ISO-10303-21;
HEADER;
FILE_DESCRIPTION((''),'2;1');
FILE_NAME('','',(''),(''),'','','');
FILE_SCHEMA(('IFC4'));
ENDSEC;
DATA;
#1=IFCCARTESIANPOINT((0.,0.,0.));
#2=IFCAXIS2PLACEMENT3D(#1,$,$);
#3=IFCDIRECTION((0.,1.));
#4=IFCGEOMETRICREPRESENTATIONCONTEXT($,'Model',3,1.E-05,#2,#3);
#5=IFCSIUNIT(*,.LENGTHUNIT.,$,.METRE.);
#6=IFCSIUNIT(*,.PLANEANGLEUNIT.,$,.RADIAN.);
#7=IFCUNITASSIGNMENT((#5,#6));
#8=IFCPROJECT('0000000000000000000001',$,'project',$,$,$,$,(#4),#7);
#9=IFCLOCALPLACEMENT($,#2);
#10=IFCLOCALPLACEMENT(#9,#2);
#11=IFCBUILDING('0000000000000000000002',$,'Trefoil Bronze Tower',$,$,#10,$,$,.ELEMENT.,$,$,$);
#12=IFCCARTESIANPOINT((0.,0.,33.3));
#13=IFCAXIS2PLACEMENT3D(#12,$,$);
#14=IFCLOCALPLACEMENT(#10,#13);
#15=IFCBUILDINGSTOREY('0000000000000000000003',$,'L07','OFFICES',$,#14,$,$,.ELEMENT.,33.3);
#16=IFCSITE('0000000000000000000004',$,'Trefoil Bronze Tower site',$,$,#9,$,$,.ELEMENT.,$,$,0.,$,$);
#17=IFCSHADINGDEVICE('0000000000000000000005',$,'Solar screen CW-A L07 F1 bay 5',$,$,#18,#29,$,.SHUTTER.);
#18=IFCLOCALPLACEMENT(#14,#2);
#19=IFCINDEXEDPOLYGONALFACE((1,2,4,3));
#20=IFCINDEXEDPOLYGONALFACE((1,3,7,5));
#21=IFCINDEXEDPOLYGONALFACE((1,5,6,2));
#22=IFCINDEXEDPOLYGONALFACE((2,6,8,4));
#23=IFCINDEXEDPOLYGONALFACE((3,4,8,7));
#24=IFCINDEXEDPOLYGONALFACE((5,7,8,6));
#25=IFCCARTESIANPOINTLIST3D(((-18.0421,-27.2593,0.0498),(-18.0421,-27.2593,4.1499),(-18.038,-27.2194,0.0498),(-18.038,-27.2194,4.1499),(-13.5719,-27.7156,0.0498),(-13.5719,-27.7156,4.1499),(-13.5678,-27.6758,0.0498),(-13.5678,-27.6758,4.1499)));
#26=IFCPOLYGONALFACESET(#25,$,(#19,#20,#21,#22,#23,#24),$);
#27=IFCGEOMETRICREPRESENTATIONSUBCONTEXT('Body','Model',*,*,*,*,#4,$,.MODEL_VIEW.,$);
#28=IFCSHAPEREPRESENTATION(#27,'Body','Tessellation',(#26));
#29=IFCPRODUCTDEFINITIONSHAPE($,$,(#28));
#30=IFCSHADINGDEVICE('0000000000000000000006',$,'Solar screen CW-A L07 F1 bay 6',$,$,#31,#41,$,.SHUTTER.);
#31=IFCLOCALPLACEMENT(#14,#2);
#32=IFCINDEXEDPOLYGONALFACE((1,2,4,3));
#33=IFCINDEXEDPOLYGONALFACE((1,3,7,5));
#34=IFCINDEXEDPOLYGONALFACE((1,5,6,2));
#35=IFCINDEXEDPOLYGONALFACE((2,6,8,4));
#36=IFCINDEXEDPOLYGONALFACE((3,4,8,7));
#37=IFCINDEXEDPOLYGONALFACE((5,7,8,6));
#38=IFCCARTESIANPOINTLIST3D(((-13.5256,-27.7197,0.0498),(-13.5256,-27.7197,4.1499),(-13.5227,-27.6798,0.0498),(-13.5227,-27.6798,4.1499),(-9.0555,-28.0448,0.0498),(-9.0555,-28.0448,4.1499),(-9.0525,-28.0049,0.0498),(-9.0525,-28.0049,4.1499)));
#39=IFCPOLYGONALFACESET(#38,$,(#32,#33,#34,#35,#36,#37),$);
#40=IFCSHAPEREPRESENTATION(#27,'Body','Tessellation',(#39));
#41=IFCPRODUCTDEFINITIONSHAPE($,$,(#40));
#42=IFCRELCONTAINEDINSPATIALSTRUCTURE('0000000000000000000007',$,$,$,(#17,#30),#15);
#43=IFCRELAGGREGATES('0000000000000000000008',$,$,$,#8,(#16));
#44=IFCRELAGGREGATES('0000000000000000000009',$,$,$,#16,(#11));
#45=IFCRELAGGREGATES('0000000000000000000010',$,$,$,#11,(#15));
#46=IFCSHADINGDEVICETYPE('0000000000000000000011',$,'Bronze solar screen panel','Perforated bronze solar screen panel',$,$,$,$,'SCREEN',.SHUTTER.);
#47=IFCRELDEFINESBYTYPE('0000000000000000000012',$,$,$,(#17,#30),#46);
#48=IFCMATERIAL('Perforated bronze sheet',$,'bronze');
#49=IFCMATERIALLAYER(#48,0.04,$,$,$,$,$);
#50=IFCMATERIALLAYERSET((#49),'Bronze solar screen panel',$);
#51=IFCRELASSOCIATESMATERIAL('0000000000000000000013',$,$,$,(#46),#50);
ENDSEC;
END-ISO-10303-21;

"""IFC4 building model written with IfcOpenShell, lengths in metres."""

from ifc_helpers import new_model, si_unit, direction, frame, origin, origin_2d, place, context, subcontext, project, spatial, rectangle, extrude, material, layer, layer_set, type_object, element, save


model = new_model("IFC4")

# Units and contexts
model_context = context("Model", 3, precision=1e-05, world=origin(), true_north=direction((0.0, 1.0)))
body_context = subcontext(model_context, "Body", "Model", "MODEL_VIEW")
ifc_project = project(units=[si_unit("LENGTHUNIT", "METRE"), si_unit("PLANEANGLEUNIT", "RADIAN")], contexts=[model_context])

# Site, building, storey
site_placement = place(None, origin())
site = spatial("IfcSite", under=ifc_project, at=site_placement, Name="Trefoil Bronze Tower site", CompositionType="ELEMENT", RefElevation=0.0)
building_placement = place(site_placement, origin())
building = spatial("IfcBuilding", under=site, at=building_placement, Name="Trefoil Bronze Tower", CompositionType="ELEMENT")
storey_placement = place(building_placement, frame((0.0, 0.0, 33.3)))
storey = spatial("IfcBuildingStorey", under=building, at=storey_placement, Name="L07", Description="OFFICES", CompositionType="ELEMENT", Elevation=33.3)

# Shading devices
ifc_material_1 = material(Name="Perforated bronze sheet", Category="bronze")
ifc_layer_1 = layer(ifc_material_1, 0.04)
ifc_layer_set_1 = layer_set([ifc_layer_1], Name="Bronze solar screen panel")
shading_device_type = type_object("IfcShadingDeviceType", Name="Bronze solar screen panel", Description="Perforated bronze solar screen panel", ElementType="SCREEN", PredefinedType="SHUTTER", material=ifc_layer_set_1)
shading_device_1_placement = place(storey_placement, frame((-15.8049, -27.4675, 0.0498), z_axis=(0.0, 0.0, 1.0), x_axis=(0.994829, -0.101565, 0.0)))
element("IfcShadingDevice", 1, at=shading_device_1_placement, inside=storey, type_object=shading_device_type, Name="Solar screen CW-A L07 F1 bay 5", PredefinedType="SHUTTER", context=body_context, shape_type="SweptSolid", body=[
    extrude(rectangle(XDim=4.4934, YDim=0.04, at=origin_2d()), origin(), (0.0, 0.0, 1.0), 4.1001),
])
shading_device_2_placement = place(storey_placement, frame((-11.2891, -27.8623, 0.0498), z_axis=(0.0, 0.0, 1.0), x_axis=(0.997365, -0.072547, 0.0)))
element("IfcShadingDevice", 2, at=shading_device_2_placement, inside=storey, type_object=shading_device_type, Name="Solar screen CW-A L07 F1 bay 6", PredefinedType="SHUTTER", context=body_context, shape_type="SweptSolid", body=[
    extrude(rectangle(XDim=4.4819, YDim=0.04, at=origin_2d()), origin(), (0.0, 0.0, 1.0), 4.1001),
])

save(model, "model.ifc")
